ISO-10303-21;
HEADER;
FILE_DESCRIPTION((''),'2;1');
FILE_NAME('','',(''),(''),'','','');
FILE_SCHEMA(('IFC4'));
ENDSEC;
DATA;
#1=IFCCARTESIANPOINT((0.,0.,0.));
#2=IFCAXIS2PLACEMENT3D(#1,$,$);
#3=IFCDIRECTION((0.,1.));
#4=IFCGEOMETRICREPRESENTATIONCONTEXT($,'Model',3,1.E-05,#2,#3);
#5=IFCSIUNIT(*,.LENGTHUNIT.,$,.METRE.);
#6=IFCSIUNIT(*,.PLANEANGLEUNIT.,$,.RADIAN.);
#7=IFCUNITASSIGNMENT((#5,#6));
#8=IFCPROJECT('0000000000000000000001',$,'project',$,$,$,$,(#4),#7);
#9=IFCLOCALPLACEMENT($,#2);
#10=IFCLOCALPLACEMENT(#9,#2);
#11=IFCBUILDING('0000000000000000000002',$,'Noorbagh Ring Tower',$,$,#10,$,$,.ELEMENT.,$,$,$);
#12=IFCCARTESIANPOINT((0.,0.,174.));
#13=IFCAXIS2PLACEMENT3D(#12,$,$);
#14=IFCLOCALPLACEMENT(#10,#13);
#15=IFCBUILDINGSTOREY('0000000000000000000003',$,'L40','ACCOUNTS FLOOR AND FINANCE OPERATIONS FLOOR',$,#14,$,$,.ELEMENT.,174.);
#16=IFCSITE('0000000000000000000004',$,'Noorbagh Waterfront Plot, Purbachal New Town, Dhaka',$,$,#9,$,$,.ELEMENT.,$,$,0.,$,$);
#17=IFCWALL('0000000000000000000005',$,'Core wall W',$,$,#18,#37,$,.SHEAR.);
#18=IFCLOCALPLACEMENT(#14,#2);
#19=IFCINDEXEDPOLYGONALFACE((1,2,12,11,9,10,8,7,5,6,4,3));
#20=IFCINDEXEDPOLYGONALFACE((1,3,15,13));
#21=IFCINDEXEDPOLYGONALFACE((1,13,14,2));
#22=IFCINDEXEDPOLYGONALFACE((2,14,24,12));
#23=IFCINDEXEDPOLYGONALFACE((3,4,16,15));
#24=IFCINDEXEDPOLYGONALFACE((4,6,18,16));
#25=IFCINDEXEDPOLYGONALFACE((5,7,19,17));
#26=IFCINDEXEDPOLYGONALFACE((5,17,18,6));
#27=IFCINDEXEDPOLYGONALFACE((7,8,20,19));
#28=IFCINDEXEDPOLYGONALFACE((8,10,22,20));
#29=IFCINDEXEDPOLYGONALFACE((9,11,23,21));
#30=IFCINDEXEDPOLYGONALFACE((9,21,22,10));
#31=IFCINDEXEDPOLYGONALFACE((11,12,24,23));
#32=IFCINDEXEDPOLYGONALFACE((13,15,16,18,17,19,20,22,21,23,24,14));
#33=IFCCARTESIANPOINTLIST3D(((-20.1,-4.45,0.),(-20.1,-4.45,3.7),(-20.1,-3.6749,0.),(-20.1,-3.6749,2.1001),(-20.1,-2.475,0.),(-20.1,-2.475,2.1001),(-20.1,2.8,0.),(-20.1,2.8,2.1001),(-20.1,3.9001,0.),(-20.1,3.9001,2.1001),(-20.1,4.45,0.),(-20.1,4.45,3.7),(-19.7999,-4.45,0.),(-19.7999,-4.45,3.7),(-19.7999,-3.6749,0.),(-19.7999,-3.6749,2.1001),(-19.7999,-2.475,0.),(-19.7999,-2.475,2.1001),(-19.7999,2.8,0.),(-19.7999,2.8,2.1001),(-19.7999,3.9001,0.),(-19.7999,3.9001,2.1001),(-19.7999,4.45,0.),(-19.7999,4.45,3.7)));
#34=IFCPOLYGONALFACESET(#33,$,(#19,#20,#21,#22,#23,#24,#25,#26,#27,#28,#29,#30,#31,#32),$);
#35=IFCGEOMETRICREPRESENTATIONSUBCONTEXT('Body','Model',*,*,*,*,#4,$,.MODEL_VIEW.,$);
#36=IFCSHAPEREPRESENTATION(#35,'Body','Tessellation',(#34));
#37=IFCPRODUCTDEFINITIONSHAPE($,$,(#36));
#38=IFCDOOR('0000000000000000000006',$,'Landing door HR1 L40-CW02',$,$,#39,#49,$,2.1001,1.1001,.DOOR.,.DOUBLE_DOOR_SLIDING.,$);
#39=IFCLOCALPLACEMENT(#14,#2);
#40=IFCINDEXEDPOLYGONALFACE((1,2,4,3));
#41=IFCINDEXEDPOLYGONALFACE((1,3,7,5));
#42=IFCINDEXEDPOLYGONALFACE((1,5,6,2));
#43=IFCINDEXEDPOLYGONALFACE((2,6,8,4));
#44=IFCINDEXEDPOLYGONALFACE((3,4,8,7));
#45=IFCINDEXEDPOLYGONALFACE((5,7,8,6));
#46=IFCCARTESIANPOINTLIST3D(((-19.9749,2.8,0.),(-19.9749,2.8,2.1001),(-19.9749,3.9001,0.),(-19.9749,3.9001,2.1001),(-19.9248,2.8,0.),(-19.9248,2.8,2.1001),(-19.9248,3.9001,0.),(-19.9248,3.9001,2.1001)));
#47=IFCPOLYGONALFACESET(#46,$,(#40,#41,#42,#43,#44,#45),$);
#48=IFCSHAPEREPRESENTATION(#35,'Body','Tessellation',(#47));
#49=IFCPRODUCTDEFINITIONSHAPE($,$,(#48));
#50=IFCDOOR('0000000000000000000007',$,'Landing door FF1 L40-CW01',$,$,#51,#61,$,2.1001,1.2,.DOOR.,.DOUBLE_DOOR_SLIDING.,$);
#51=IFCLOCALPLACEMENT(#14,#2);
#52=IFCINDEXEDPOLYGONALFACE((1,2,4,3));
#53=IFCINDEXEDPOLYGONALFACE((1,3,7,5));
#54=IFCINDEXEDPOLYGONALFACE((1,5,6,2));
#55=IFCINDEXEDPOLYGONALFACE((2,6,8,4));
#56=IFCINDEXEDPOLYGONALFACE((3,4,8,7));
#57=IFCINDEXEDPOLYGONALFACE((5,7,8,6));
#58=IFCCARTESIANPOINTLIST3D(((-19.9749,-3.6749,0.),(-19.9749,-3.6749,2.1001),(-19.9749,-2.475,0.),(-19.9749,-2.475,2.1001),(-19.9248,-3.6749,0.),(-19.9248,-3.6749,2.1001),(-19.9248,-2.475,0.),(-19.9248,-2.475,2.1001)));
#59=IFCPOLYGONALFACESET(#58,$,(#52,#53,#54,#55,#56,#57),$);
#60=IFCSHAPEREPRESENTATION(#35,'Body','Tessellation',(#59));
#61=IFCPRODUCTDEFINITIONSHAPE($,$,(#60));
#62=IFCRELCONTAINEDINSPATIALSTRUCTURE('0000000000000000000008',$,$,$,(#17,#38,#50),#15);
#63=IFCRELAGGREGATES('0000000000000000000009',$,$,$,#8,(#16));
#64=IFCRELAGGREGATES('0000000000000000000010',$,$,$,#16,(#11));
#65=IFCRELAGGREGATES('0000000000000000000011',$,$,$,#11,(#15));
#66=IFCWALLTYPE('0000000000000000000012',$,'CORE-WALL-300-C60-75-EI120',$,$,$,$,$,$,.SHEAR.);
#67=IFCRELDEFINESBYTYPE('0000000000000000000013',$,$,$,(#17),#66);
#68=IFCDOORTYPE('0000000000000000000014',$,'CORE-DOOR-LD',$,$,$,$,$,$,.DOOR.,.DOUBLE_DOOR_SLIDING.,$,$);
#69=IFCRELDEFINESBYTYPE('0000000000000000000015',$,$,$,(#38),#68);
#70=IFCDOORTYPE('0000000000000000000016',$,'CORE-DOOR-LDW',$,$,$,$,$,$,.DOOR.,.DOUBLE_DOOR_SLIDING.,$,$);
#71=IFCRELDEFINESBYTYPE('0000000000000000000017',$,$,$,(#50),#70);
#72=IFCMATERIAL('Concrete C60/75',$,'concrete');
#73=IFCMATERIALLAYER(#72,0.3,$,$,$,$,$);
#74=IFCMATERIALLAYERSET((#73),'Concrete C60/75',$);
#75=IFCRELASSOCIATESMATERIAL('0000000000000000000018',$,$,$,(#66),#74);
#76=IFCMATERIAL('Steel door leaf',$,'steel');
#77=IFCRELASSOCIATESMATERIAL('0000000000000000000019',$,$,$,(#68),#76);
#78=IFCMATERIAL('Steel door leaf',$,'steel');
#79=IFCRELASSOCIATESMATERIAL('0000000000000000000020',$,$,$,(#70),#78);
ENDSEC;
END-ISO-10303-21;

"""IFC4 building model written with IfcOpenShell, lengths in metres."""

from ifc_helpers import new_model, si_unit, direction, frame, frame_2d, origin, place, context, subcontext, project, spatial, rectangle, extrude, material, layer, layer_set, type_object, element, fill, save


model = new_model("IFC4")

# Units and contexts
model_context = context("Model", 3, precision=1e-05, world=origin(), true_north=direction((0.0, 1.0)))
body_context = subcontext(model_context, "Body", "Model", "MODEL_VIEW")
ifc_project = project(units=[si_unit("LENGTHUNIT", "METRE"), si_unit("PLANEANGLEUNIT", "RADIAN")], contexts=[model_context])

# Site, building, storey
site_placement = place(None, origin())
site = spatial("IfcSite", under=ifc_project, at=site_placement, Name="Noorbagh Waterfront Plot, Purbachal New Town, Dhaka", CompositionType="ELEMENT", RefElevation=0.0)
building_placement = place(site_placement, origin())
building = spatial("IfcBuilding", under=site, at=building_placement, Name="Noorbagh Ring Tower", CompositionType="ELEMENT")
storey_placement = place(building_placement, frame((0.0, 0.0, 174.0)))
storey = spatial("IfcBuildingStorey", under=building, at=storey_placement, Name="L40", Description="ACCOUNTS FLOOR AND FINANCE OPERATIONS FLOOR", CompositionType="ELEMENT", Elevation=174.0)

# Shared definitions
ifc_material_1 = material(Name="Concrete C60/75", Category="concrete")
ifc_layer_1 = layer(ifc_material_1, 0.3)
ifc_layer_set_1 = layer_set([ifc_layer_1], Name="Concrete C60/75")
wall_type_1 = type_object("IfcWallType", Name="CORE-WALL-300-C60-75-EI120", PredefinedType="SHEAR", material=ifc_layer_set_1)

# Wall, openings, doors
wall_1_placement = place(storey_placement, frame((-19.95, -4.45, 0.0), z_axis=(0.0, 0.0, 1.0), x_axis=(0.0, 1.0, 0.0)))
wall_1 = element("IfcWall", 1, at=wall_1_placement, inside=storey, type_object=wall_type_1, Name="Core wall W", PredefinedType="SHEAR", context=body_context, shape_type="SweptSolid", body=[
    extrude(rectangle(XDim=8.8999, YDim=0.3, at=frame_2d((4.45, 0.0))), origin(), (0.0, 0.0, 1.0), 3.7),
])
opening_1_placement = place(wall_1_placement, frame((0.7749, 0.0, 0.0)))
opening_1 = element("IfcOpeningElement", 2, at=opening_1_placement, cuts=wall_1, PredefinedType="OPENING", context=body_context, shape_type="SweptSolid", body=[
    extrude(rectangle(XDim=1.2, YDim=2.1001, at=frame_2d((0.6001, 1.05))), frame((0.0, 0.1602, 0.0), z_axis=(0.0, -1.0, 0.0), x_axis=(1.0, 0.0, 0.0)), (0.0, 0.0, 1.0), 0.3201),
])
opening_2_placement = place(wall_1_placement, frame((7.25, 0.0, 0.0)))
opening_2 = element("IfcOpeningElement", 3, at=opening_2_placement, cuts=wall_1, PredefinedType="OPENING", context=body_context, shape_type="SweptSolid", body=[
    extrude(rectangle(XDim=1.1001, YDim=2.1001, at=frame_2d((0.55, 1.05))), frame((0.0, 0.1602, 0.0), z_axis=(0.0, -1.0, 0.0), x_axis=(1.0, 0.0, 0.0)), (0.0, 0.0, 1.0), 0.3201),
])
ifc_material_2 = material(Name="Steel door leaf", Category="steel")
door_type_1 = type_object("IfcDoorType", Name="CORE-DOOR-LD", OperationType="DOUBLE_DOOR_SLIDING", PredefinedType="DOOR", material=ifc_material_2)
door_1_placement = place(opening_2_placement, origin())
door_1 = element("IfcDoor", 4, at=door_1_placement, inside=storey, type_object=door_type_1, Name="Landing door HR1 L40-CW02", OperationType="DOUBLE_DOOR_SLIDING", OverallHeight=2.1001, OverallWidth=1.1001, PredefinedType="DOOR", context=body_context, shape_type="SweptSolid", body=[
    extrude(rectangle(XDim=1.1001, YDim=2.1001, at=frame_2d((0.55, 1.05))), frame((0.0, 0.0249, 0.0), z_axis=(0.0, -1.0, 0.0), x_axis=(1.0, 0.0, 0.0)), (0.0, 0.0, 1.0), 0.05),
])
fill(opening_2, door_1)
ifc_material_3 = material(Name="Steel door leaf", Category="steel")
door_type_2 = type_object("IfcDoorType", Name="CORE-DOOR-LDW", OperationType="DOUBLE_DOOR_SLIDING", PredefinedType="DOOR", material=ifc_material_3)
door_2_placement = place(opening_1_placement, origin())
door_2 = element("IfcDoor", 5, at=door_2_placement, inside=storey, type_object=door_type_2, Name="Landing door FF1 L40-CW01", OperationType="DOUBLE_DOOR_SLIDING", OverallHeight=2.1001, OverallWidth=1.2, PredefinedType="DOOR", context=body_context, shape_type="SweptSolid", body=[
    extrude(rectangle(XDim=1.2, YDim=2.1001, at=frame_2d((0.6001, 1.05))), frame((0.0, 0.0249, 0.0), z_axis=(0.0, -1.0, 0.0), x_axis=(1.0, 0.0, 0.0)), (0.0, 0.0, 1.0), 0.05),
])
fill(opening_1, door_2)

save(model, "model.ifc")
